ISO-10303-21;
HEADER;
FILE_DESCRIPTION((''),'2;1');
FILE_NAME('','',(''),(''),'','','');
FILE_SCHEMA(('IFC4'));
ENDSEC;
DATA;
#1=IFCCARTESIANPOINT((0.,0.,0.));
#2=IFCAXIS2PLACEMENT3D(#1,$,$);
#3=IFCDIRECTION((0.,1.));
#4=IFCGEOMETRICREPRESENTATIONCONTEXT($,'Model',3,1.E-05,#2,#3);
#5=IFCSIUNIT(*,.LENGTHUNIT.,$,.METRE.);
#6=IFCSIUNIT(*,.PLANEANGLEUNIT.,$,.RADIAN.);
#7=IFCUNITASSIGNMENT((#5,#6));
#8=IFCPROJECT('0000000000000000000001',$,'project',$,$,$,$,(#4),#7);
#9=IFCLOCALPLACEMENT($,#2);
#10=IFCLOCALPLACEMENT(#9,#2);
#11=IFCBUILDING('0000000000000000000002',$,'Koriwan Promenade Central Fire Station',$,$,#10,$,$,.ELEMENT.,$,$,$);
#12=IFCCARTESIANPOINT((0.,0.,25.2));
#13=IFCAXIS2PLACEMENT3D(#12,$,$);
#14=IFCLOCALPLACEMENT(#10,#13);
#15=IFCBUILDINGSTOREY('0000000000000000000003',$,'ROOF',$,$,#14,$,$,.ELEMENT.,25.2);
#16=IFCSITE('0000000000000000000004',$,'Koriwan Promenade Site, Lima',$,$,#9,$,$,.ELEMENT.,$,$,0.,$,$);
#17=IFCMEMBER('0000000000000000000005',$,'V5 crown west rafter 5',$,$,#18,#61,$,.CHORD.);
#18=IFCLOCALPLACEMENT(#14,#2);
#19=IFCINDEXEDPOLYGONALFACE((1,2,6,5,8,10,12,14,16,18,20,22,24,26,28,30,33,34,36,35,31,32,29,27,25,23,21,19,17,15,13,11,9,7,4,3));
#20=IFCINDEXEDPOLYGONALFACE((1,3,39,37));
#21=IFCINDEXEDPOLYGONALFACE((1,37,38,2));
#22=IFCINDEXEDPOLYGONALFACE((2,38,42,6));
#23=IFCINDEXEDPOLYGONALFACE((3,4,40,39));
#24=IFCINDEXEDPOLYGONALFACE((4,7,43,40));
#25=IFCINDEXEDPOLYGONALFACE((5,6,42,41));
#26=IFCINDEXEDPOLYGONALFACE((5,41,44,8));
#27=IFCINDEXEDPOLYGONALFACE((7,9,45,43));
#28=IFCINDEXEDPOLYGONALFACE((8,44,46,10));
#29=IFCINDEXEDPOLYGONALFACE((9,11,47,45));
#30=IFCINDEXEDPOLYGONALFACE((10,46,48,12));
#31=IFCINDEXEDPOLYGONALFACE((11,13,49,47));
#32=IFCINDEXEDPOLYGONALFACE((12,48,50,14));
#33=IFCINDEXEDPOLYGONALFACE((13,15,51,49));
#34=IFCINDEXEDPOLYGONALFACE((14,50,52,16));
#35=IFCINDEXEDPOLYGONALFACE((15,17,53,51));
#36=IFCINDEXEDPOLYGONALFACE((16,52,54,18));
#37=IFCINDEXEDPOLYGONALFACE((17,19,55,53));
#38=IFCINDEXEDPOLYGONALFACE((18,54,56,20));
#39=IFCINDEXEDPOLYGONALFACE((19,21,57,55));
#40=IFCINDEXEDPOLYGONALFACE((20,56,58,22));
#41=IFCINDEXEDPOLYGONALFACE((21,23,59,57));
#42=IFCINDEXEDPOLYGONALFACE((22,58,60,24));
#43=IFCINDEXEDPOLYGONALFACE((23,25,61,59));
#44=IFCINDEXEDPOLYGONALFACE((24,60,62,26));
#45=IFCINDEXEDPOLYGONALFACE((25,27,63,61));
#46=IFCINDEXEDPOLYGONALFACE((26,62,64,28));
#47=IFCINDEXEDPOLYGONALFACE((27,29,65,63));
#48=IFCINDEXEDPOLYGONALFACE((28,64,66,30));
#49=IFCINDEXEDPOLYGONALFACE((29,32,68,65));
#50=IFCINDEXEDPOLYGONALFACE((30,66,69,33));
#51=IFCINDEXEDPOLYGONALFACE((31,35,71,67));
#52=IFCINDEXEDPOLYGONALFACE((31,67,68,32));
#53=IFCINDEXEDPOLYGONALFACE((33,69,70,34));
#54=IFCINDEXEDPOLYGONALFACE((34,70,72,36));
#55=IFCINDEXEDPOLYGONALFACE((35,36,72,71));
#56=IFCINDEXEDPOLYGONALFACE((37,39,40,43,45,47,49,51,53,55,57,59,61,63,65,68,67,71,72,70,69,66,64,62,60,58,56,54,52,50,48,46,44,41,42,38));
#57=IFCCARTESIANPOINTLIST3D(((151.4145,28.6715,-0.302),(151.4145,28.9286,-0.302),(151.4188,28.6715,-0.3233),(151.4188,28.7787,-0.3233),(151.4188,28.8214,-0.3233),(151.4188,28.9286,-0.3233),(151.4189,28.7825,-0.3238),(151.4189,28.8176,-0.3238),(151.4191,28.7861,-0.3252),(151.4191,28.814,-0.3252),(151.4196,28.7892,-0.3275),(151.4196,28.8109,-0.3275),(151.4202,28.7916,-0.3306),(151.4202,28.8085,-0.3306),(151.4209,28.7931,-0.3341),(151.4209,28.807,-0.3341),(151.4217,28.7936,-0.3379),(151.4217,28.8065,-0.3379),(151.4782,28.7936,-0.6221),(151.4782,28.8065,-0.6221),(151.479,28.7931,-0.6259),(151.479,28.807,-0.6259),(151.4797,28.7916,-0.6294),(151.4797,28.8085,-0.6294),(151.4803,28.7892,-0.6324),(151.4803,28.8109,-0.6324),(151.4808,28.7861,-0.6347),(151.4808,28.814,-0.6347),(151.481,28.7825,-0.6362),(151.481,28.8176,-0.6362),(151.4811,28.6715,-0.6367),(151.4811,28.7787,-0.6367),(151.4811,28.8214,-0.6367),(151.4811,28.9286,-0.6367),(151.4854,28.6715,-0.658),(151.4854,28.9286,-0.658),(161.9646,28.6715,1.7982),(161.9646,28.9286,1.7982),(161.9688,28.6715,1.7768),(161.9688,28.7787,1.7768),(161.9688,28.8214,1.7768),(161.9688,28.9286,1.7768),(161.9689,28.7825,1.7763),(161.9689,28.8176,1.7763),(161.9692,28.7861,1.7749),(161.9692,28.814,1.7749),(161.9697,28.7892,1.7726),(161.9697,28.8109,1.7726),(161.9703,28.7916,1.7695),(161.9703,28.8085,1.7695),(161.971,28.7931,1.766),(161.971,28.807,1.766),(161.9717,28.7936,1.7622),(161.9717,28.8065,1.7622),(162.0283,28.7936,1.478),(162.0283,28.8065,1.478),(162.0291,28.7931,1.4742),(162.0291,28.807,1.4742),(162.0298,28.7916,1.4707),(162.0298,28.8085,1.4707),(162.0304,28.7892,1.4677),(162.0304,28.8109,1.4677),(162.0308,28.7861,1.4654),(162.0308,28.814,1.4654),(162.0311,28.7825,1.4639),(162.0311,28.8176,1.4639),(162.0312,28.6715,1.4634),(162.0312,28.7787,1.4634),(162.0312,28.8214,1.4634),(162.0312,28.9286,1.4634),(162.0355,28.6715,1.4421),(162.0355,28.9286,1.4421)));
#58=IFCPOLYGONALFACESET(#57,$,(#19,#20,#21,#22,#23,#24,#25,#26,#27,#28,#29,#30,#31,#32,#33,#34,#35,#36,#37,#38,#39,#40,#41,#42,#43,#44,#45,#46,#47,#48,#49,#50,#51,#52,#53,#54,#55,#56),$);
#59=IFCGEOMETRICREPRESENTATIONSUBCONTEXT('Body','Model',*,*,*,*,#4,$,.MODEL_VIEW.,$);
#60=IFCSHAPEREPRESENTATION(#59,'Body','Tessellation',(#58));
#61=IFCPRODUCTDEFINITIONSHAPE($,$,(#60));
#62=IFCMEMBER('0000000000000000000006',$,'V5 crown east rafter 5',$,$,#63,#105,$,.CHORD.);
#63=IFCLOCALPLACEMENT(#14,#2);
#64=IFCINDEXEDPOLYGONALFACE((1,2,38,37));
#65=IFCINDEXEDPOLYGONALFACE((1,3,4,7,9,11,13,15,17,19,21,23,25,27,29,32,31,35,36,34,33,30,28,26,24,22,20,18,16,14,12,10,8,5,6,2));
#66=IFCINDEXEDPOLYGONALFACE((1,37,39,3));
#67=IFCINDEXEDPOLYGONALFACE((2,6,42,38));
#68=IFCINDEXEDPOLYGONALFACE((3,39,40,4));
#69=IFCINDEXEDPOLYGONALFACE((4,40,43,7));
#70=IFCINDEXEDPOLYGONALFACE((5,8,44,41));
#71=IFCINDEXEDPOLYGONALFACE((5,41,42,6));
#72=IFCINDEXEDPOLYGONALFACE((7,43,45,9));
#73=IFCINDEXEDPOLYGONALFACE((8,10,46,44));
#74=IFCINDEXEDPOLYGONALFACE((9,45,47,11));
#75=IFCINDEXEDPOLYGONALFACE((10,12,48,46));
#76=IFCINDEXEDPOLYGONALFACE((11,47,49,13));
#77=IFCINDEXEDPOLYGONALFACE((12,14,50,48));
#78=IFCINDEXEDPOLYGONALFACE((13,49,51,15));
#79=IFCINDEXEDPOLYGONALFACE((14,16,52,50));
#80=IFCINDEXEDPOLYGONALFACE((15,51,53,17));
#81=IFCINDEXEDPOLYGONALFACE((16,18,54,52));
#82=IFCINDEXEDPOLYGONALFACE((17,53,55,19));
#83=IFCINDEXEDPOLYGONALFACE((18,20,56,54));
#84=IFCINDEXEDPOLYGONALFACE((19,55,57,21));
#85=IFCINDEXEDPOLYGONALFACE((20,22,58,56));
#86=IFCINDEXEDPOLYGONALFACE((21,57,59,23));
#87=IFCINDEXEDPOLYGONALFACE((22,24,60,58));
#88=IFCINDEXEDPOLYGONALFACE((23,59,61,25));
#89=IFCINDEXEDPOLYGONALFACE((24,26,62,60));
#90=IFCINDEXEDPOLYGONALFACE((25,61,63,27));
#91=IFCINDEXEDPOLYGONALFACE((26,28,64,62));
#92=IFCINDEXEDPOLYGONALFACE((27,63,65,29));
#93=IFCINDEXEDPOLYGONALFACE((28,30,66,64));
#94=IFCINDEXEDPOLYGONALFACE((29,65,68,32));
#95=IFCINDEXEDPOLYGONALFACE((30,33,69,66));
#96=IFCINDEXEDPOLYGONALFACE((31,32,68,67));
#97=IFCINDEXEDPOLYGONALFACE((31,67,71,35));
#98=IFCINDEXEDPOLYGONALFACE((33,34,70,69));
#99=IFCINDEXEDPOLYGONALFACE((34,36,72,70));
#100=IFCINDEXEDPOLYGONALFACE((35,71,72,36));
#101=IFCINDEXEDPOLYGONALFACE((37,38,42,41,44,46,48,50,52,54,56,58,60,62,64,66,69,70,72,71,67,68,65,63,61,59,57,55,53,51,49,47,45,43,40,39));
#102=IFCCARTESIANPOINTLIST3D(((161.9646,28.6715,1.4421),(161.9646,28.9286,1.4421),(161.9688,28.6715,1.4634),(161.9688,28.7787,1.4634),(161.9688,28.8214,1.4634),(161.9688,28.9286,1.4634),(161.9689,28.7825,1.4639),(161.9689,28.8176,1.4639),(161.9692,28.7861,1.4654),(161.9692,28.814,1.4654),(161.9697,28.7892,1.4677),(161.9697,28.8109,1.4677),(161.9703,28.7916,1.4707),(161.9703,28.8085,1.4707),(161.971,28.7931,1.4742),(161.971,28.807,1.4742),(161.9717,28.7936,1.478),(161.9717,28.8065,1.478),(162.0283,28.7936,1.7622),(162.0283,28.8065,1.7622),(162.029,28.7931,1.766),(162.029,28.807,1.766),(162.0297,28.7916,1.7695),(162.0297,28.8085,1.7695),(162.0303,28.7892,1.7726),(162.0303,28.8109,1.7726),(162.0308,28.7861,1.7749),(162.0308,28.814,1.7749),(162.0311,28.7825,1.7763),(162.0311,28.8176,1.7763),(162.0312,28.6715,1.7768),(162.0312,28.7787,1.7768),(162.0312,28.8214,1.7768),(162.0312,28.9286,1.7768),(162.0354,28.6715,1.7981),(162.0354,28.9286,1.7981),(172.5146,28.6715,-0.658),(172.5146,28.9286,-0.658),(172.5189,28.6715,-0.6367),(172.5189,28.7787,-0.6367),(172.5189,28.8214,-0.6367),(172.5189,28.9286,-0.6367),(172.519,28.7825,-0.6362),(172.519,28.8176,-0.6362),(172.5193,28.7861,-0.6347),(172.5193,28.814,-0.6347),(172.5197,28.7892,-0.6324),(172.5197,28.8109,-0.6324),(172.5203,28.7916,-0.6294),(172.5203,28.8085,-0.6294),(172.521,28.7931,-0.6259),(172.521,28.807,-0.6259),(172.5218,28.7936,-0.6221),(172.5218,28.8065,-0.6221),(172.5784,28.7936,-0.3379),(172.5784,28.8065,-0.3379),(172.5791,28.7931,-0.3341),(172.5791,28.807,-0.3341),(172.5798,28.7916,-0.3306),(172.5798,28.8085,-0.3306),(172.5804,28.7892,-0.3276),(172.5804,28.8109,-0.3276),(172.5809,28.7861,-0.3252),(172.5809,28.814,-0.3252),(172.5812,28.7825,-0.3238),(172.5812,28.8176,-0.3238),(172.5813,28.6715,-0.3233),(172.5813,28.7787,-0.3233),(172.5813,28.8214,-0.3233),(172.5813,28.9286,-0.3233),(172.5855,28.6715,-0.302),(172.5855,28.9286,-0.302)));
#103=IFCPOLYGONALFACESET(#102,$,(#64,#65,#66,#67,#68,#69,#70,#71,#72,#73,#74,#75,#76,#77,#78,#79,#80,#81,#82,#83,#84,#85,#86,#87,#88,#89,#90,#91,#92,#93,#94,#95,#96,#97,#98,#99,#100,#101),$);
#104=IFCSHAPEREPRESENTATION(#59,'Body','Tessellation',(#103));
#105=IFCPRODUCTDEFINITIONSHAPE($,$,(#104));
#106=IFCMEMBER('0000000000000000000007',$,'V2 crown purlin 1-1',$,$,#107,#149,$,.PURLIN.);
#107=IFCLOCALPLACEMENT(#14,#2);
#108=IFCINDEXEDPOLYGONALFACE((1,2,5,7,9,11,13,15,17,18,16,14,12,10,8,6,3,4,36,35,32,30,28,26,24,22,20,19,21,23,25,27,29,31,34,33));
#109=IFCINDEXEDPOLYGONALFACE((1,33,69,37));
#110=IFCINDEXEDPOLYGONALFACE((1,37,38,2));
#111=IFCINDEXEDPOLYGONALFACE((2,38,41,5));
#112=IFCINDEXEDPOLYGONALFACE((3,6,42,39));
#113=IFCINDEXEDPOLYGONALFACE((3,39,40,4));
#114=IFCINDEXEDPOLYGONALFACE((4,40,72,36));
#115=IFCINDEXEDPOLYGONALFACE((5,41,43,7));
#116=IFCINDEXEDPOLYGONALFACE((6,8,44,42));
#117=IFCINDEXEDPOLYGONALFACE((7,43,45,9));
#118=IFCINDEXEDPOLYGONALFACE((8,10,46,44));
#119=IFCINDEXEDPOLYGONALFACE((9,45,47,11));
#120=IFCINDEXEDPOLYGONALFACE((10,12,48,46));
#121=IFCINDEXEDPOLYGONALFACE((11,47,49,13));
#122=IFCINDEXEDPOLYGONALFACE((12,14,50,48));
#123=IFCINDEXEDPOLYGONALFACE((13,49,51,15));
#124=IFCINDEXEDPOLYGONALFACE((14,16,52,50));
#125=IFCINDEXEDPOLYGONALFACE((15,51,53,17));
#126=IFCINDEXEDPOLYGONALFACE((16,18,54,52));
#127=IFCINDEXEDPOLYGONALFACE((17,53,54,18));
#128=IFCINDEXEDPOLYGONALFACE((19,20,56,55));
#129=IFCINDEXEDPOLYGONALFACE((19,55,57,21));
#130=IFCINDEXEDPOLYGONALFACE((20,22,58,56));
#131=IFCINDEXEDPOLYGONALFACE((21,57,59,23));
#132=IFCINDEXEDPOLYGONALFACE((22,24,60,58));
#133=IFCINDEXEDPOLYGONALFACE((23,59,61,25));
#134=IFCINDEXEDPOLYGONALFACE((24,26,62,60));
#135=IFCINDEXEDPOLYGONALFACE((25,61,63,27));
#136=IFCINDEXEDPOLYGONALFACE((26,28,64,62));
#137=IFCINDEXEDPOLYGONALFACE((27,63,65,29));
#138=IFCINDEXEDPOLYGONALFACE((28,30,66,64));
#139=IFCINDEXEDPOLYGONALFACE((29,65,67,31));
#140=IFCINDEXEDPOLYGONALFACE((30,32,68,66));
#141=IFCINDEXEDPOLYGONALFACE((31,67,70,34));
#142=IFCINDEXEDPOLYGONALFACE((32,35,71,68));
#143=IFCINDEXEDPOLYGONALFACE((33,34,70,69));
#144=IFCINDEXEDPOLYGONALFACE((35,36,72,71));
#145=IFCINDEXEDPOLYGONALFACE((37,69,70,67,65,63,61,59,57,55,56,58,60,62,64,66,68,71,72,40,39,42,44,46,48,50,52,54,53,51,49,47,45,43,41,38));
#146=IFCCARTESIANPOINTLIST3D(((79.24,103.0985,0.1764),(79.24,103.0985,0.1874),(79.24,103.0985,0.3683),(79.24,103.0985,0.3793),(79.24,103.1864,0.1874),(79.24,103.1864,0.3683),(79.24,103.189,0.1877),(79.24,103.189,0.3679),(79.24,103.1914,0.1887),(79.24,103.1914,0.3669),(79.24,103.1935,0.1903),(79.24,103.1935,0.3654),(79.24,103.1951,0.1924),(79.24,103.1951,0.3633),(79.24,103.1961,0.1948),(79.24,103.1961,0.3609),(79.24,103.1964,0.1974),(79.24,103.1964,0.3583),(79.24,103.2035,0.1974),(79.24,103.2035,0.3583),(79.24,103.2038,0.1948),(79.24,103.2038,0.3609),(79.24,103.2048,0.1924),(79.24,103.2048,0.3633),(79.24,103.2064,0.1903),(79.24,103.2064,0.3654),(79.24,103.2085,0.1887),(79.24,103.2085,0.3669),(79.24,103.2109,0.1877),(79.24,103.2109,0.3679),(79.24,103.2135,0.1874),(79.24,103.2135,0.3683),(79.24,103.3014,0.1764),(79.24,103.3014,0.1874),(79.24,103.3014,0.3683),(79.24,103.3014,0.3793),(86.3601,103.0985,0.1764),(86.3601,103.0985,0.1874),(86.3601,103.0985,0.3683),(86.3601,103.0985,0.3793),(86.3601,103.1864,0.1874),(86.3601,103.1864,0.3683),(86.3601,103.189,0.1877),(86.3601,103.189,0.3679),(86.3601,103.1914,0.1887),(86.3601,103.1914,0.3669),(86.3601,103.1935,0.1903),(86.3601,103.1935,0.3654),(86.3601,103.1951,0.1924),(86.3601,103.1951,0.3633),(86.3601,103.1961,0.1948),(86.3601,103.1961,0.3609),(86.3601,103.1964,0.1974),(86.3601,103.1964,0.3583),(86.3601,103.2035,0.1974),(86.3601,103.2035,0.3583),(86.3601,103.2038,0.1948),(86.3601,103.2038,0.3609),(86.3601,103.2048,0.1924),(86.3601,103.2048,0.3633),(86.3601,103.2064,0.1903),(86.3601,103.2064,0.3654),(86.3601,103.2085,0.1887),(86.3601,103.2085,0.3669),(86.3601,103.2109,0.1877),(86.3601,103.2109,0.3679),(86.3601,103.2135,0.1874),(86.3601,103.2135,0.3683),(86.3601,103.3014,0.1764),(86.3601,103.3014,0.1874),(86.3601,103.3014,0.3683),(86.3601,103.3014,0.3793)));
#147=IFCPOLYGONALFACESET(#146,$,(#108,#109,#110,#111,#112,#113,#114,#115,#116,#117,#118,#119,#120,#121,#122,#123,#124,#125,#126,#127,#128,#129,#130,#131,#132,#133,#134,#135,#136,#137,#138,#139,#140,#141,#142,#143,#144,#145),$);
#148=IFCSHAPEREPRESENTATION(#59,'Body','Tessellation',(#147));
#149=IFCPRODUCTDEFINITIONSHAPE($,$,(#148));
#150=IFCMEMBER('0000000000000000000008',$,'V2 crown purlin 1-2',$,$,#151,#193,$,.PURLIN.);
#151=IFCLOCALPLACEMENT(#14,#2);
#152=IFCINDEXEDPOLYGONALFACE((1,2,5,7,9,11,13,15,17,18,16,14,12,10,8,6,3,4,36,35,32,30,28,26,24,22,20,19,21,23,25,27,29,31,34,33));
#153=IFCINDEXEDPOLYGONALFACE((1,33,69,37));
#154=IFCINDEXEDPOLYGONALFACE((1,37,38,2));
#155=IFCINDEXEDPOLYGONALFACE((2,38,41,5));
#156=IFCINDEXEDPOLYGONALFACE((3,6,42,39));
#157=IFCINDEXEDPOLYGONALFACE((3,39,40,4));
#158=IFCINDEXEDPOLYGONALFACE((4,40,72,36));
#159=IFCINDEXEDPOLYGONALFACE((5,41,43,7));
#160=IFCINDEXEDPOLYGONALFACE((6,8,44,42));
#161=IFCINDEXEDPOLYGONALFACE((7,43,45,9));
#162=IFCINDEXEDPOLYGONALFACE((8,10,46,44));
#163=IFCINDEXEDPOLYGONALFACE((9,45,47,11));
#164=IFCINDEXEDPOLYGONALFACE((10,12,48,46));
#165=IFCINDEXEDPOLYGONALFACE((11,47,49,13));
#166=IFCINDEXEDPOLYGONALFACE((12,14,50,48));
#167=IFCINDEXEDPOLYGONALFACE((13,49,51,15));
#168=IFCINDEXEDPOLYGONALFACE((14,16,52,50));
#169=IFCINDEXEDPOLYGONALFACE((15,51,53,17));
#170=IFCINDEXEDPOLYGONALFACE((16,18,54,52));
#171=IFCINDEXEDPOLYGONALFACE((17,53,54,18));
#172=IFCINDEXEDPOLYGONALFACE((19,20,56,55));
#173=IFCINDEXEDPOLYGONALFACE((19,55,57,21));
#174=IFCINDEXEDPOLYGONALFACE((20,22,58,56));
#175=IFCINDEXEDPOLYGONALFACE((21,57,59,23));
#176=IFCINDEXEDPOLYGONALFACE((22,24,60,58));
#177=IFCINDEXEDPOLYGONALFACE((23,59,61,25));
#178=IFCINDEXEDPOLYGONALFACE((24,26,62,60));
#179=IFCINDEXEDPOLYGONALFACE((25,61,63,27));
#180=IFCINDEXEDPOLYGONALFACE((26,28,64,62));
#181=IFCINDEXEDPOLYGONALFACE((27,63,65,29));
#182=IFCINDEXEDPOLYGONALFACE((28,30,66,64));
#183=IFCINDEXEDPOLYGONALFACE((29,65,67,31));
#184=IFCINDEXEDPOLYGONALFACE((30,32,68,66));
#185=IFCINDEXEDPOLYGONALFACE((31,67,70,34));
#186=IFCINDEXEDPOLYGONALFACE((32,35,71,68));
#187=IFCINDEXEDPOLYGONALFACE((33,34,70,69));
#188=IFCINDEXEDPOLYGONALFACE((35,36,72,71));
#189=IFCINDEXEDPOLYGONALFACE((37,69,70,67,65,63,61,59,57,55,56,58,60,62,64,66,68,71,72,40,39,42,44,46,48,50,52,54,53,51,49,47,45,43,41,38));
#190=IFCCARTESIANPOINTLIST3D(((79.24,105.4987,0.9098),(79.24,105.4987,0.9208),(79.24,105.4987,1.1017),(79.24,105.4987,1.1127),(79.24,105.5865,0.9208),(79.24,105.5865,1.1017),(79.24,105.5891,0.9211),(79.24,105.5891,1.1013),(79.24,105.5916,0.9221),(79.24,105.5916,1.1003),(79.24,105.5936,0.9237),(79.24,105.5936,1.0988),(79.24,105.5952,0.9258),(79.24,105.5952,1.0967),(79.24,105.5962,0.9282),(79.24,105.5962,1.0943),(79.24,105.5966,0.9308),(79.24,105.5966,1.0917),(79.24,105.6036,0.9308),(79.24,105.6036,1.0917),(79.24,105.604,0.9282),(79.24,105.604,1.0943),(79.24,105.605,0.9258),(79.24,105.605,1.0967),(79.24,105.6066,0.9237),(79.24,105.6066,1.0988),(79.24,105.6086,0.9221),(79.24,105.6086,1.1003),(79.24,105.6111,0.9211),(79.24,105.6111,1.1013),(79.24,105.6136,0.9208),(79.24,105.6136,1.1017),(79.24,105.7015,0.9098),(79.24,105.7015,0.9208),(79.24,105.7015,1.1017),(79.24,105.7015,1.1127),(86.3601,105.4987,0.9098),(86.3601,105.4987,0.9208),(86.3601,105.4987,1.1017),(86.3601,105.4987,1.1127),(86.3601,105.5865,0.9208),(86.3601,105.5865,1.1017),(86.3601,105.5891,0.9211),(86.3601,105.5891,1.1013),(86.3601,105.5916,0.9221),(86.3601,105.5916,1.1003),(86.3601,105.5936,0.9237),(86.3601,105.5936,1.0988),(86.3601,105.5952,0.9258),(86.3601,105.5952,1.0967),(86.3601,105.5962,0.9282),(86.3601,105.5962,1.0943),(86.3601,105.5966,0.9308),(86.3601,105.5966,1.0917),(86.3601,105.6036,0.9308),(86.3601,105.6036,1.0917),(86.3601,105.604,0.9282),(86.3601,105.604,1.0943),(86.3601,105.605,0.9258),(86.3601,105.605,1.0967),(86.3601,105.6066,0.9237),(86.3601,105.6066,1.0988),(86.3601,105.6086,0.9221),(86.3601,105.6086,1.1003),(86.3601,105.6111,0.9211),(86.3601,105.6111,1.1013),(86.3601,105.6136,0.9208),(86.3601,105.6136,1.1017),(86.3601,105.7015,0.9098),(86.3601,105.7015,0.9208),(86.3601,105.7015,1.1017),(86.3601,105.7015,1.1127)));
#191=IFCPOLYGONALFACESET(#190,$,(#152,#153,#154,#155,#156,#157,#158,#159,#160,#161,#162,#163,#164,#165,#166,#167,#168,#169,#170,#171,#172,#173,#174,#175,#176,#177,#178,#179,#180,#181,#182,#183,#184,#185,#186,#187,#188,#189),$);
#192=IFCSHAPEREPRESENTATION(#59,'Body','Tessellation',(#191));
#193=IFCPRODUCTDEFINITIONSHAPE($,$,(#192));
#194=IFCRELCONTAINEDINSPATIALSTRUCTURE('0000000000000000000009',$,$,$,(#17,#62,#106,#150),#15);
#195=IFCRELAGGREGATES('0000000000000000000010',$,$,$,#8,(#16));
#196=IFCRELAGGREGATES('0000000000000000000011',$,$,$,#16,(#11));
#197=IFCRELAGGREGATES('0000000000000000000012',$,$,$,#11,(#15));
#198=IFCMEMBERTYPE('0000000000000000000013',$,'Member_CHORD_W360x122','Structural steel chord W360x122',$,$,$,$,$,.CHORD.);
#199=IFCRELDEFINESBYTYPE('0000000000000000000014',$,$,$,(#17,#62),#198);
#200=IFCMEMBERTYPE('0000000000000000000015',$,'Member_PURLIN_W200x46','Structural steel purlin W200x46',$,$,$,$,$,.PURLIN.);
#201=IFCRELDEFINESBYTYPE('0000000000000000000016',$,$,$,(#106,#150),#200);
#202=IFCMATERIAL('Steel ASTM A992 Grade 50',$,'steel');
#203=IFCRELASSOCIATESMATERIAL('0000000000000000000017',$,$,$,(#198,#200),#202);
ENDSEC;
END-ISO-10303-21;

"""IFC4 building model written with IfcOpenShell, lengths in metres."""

from ifc_helpers import new_model, si_unit, direction, frame, origin, origin_2d, place, context, subcontext, project, spatial, i_section, extrude, material, material_profile, profile_set, type_object, element, save


model = new_model("IFC4")

# Units and contexts
model_context = context("Model", 3, precision=1e-05, world=origin(), true_north=direction((0.0, 1.0)))
body_context = subcontext(model_context, "Body", "Model", "MODEL_VIEW")
ifc_project = project(units=[si_unit("LENGTHUNIT", "METRE"), si_unit("PLANEANGLEUNIT", "RADIAN")], contexts=[model_context])

# Site, building, storey
site_placement = place(None, origin())
site = spatial("IfcSite", under=ifc_project, at=site_placement, Name="Koriwan Promenade Site, Lima", CompositionType="ELEMENT", RefElevation=0.0)
building_placement = place(site_placement, origin())
building = spatial("IfcBuilding", under=site, at=building_placement, Name="Koriwan Promenade Central Fire Station", CompositionType="ELEMENT")
storey_placement = place(building_placement, frame((0.0, 0.0, 25.2)))
storey = spatial("IfcBuildingStorey", under=building, at=storey_placement, Name="ROOF", CompositionType="ELEMENT", Elevation=25.2)

# Members
ifc_material_1 = material(Name="Steel ASTM A992 Grade 50", Category="steel")
ifc_material_profile_1 = material_profile(ifc_material_1, i_section(OverallWidth=0.2571, OverallDepth=0.363, WebThickness=0.0129, FlangeThickness=0.0217, FilletRadius=0.0149, at=origin_2d()), Name="W360x122")
ifc_profile_set_1 = profile_set([ifc_material_profile_1], Name="Steel ASTM A992 Grade 50")
member_type_1 = type_object("IfcMemberType", Name="Member_CHORD_W360x122", Description="Structural steel chord W360x122", PredefinedType="CHORD", material=ifc_profile_set_1)
for number, where, z_axis, x_axis, name in (
    (1, (151.45, 28.8, -0.48), (0.980757, 0.0, 0.19523), (0.0, 1.0, 0.0), "V5 crown west rafter 5"),
    (2, (162.0, 28.8, 1.6201), (0.980757, 0.0, -0.19523), (0.0, 1.0, 0.0), "V5 crown east rafter 5"),
):
    element("IfcMember", number, at=place(storey_placement, frame(where, z_axis=z_axis, x_axis=x_axis)), inside=storey, type_object=member_type_1, Name=name, PredefinedType="CHORD", context=body_context, shape_type="SweptSolid", body=[
        extrude(i_section(OverallWidth=0.2571, OverallDepth=0.363, WebThickness=0.0129, FlangeThickness=0.0217, FilletRadius=0.0149, at=origin_2d()), origin(), (0.0, 0.0, 1.0), 10.7571),
    ])
ifc_material_profile_2 = material_profile(ifc_material_1, i_section(OverallWidth=0.2029, OverallDepth=0.2029, WebThickness=0.0071, FlangeThickness=0.011, FilletRadius=0.01, at=origin_2d()), Name="W200x46")
ifc_profile_set_2 = profile_set([ifc_material_profile_2], Name="Steel ASTM A992 Grade 50")
member_type_2 = type_object("IfcMemberType", Name="Member_PURLIN_W200x46", Description="Structural steel purlin W200x46", PredefinedType="PURLIN", material=ifc_profile_set_2)
for number, where, z_axis, x_axis, name in (
    (3, (79.24, 103.2, 0.2778), (1.0, 0.0, 0.0), (0.0, 1.0, 0.0), "V2 crown purlin 1-1"),
    (4, (79.24, 105.6001, 1.0112), (1.0, 0.0, 0.0), (0.0, 1.0, 0.0), "V2 crown purlin 1-2"),
):
    element("IfcMember", number, at=place(storey_placement, frame(where, z_axis=z_axis, x_axis=x_axis)), inside=storey, type_object=member_type_2, Name=name, PredefinedType="PURLIN", context=body_context, shape_type="SweptSolid", body=[
        extrude(i_section(OverallWidth=0.2029, OverallDepth=0.2029, WebThickness=0.0071, FlangeThickness=0.011, FilletRadius=0.01, at=origin_2d()), origin(), (0.0, 0.0, 1.0), 7.1201),
    ])

save(model, "model.ifc")
